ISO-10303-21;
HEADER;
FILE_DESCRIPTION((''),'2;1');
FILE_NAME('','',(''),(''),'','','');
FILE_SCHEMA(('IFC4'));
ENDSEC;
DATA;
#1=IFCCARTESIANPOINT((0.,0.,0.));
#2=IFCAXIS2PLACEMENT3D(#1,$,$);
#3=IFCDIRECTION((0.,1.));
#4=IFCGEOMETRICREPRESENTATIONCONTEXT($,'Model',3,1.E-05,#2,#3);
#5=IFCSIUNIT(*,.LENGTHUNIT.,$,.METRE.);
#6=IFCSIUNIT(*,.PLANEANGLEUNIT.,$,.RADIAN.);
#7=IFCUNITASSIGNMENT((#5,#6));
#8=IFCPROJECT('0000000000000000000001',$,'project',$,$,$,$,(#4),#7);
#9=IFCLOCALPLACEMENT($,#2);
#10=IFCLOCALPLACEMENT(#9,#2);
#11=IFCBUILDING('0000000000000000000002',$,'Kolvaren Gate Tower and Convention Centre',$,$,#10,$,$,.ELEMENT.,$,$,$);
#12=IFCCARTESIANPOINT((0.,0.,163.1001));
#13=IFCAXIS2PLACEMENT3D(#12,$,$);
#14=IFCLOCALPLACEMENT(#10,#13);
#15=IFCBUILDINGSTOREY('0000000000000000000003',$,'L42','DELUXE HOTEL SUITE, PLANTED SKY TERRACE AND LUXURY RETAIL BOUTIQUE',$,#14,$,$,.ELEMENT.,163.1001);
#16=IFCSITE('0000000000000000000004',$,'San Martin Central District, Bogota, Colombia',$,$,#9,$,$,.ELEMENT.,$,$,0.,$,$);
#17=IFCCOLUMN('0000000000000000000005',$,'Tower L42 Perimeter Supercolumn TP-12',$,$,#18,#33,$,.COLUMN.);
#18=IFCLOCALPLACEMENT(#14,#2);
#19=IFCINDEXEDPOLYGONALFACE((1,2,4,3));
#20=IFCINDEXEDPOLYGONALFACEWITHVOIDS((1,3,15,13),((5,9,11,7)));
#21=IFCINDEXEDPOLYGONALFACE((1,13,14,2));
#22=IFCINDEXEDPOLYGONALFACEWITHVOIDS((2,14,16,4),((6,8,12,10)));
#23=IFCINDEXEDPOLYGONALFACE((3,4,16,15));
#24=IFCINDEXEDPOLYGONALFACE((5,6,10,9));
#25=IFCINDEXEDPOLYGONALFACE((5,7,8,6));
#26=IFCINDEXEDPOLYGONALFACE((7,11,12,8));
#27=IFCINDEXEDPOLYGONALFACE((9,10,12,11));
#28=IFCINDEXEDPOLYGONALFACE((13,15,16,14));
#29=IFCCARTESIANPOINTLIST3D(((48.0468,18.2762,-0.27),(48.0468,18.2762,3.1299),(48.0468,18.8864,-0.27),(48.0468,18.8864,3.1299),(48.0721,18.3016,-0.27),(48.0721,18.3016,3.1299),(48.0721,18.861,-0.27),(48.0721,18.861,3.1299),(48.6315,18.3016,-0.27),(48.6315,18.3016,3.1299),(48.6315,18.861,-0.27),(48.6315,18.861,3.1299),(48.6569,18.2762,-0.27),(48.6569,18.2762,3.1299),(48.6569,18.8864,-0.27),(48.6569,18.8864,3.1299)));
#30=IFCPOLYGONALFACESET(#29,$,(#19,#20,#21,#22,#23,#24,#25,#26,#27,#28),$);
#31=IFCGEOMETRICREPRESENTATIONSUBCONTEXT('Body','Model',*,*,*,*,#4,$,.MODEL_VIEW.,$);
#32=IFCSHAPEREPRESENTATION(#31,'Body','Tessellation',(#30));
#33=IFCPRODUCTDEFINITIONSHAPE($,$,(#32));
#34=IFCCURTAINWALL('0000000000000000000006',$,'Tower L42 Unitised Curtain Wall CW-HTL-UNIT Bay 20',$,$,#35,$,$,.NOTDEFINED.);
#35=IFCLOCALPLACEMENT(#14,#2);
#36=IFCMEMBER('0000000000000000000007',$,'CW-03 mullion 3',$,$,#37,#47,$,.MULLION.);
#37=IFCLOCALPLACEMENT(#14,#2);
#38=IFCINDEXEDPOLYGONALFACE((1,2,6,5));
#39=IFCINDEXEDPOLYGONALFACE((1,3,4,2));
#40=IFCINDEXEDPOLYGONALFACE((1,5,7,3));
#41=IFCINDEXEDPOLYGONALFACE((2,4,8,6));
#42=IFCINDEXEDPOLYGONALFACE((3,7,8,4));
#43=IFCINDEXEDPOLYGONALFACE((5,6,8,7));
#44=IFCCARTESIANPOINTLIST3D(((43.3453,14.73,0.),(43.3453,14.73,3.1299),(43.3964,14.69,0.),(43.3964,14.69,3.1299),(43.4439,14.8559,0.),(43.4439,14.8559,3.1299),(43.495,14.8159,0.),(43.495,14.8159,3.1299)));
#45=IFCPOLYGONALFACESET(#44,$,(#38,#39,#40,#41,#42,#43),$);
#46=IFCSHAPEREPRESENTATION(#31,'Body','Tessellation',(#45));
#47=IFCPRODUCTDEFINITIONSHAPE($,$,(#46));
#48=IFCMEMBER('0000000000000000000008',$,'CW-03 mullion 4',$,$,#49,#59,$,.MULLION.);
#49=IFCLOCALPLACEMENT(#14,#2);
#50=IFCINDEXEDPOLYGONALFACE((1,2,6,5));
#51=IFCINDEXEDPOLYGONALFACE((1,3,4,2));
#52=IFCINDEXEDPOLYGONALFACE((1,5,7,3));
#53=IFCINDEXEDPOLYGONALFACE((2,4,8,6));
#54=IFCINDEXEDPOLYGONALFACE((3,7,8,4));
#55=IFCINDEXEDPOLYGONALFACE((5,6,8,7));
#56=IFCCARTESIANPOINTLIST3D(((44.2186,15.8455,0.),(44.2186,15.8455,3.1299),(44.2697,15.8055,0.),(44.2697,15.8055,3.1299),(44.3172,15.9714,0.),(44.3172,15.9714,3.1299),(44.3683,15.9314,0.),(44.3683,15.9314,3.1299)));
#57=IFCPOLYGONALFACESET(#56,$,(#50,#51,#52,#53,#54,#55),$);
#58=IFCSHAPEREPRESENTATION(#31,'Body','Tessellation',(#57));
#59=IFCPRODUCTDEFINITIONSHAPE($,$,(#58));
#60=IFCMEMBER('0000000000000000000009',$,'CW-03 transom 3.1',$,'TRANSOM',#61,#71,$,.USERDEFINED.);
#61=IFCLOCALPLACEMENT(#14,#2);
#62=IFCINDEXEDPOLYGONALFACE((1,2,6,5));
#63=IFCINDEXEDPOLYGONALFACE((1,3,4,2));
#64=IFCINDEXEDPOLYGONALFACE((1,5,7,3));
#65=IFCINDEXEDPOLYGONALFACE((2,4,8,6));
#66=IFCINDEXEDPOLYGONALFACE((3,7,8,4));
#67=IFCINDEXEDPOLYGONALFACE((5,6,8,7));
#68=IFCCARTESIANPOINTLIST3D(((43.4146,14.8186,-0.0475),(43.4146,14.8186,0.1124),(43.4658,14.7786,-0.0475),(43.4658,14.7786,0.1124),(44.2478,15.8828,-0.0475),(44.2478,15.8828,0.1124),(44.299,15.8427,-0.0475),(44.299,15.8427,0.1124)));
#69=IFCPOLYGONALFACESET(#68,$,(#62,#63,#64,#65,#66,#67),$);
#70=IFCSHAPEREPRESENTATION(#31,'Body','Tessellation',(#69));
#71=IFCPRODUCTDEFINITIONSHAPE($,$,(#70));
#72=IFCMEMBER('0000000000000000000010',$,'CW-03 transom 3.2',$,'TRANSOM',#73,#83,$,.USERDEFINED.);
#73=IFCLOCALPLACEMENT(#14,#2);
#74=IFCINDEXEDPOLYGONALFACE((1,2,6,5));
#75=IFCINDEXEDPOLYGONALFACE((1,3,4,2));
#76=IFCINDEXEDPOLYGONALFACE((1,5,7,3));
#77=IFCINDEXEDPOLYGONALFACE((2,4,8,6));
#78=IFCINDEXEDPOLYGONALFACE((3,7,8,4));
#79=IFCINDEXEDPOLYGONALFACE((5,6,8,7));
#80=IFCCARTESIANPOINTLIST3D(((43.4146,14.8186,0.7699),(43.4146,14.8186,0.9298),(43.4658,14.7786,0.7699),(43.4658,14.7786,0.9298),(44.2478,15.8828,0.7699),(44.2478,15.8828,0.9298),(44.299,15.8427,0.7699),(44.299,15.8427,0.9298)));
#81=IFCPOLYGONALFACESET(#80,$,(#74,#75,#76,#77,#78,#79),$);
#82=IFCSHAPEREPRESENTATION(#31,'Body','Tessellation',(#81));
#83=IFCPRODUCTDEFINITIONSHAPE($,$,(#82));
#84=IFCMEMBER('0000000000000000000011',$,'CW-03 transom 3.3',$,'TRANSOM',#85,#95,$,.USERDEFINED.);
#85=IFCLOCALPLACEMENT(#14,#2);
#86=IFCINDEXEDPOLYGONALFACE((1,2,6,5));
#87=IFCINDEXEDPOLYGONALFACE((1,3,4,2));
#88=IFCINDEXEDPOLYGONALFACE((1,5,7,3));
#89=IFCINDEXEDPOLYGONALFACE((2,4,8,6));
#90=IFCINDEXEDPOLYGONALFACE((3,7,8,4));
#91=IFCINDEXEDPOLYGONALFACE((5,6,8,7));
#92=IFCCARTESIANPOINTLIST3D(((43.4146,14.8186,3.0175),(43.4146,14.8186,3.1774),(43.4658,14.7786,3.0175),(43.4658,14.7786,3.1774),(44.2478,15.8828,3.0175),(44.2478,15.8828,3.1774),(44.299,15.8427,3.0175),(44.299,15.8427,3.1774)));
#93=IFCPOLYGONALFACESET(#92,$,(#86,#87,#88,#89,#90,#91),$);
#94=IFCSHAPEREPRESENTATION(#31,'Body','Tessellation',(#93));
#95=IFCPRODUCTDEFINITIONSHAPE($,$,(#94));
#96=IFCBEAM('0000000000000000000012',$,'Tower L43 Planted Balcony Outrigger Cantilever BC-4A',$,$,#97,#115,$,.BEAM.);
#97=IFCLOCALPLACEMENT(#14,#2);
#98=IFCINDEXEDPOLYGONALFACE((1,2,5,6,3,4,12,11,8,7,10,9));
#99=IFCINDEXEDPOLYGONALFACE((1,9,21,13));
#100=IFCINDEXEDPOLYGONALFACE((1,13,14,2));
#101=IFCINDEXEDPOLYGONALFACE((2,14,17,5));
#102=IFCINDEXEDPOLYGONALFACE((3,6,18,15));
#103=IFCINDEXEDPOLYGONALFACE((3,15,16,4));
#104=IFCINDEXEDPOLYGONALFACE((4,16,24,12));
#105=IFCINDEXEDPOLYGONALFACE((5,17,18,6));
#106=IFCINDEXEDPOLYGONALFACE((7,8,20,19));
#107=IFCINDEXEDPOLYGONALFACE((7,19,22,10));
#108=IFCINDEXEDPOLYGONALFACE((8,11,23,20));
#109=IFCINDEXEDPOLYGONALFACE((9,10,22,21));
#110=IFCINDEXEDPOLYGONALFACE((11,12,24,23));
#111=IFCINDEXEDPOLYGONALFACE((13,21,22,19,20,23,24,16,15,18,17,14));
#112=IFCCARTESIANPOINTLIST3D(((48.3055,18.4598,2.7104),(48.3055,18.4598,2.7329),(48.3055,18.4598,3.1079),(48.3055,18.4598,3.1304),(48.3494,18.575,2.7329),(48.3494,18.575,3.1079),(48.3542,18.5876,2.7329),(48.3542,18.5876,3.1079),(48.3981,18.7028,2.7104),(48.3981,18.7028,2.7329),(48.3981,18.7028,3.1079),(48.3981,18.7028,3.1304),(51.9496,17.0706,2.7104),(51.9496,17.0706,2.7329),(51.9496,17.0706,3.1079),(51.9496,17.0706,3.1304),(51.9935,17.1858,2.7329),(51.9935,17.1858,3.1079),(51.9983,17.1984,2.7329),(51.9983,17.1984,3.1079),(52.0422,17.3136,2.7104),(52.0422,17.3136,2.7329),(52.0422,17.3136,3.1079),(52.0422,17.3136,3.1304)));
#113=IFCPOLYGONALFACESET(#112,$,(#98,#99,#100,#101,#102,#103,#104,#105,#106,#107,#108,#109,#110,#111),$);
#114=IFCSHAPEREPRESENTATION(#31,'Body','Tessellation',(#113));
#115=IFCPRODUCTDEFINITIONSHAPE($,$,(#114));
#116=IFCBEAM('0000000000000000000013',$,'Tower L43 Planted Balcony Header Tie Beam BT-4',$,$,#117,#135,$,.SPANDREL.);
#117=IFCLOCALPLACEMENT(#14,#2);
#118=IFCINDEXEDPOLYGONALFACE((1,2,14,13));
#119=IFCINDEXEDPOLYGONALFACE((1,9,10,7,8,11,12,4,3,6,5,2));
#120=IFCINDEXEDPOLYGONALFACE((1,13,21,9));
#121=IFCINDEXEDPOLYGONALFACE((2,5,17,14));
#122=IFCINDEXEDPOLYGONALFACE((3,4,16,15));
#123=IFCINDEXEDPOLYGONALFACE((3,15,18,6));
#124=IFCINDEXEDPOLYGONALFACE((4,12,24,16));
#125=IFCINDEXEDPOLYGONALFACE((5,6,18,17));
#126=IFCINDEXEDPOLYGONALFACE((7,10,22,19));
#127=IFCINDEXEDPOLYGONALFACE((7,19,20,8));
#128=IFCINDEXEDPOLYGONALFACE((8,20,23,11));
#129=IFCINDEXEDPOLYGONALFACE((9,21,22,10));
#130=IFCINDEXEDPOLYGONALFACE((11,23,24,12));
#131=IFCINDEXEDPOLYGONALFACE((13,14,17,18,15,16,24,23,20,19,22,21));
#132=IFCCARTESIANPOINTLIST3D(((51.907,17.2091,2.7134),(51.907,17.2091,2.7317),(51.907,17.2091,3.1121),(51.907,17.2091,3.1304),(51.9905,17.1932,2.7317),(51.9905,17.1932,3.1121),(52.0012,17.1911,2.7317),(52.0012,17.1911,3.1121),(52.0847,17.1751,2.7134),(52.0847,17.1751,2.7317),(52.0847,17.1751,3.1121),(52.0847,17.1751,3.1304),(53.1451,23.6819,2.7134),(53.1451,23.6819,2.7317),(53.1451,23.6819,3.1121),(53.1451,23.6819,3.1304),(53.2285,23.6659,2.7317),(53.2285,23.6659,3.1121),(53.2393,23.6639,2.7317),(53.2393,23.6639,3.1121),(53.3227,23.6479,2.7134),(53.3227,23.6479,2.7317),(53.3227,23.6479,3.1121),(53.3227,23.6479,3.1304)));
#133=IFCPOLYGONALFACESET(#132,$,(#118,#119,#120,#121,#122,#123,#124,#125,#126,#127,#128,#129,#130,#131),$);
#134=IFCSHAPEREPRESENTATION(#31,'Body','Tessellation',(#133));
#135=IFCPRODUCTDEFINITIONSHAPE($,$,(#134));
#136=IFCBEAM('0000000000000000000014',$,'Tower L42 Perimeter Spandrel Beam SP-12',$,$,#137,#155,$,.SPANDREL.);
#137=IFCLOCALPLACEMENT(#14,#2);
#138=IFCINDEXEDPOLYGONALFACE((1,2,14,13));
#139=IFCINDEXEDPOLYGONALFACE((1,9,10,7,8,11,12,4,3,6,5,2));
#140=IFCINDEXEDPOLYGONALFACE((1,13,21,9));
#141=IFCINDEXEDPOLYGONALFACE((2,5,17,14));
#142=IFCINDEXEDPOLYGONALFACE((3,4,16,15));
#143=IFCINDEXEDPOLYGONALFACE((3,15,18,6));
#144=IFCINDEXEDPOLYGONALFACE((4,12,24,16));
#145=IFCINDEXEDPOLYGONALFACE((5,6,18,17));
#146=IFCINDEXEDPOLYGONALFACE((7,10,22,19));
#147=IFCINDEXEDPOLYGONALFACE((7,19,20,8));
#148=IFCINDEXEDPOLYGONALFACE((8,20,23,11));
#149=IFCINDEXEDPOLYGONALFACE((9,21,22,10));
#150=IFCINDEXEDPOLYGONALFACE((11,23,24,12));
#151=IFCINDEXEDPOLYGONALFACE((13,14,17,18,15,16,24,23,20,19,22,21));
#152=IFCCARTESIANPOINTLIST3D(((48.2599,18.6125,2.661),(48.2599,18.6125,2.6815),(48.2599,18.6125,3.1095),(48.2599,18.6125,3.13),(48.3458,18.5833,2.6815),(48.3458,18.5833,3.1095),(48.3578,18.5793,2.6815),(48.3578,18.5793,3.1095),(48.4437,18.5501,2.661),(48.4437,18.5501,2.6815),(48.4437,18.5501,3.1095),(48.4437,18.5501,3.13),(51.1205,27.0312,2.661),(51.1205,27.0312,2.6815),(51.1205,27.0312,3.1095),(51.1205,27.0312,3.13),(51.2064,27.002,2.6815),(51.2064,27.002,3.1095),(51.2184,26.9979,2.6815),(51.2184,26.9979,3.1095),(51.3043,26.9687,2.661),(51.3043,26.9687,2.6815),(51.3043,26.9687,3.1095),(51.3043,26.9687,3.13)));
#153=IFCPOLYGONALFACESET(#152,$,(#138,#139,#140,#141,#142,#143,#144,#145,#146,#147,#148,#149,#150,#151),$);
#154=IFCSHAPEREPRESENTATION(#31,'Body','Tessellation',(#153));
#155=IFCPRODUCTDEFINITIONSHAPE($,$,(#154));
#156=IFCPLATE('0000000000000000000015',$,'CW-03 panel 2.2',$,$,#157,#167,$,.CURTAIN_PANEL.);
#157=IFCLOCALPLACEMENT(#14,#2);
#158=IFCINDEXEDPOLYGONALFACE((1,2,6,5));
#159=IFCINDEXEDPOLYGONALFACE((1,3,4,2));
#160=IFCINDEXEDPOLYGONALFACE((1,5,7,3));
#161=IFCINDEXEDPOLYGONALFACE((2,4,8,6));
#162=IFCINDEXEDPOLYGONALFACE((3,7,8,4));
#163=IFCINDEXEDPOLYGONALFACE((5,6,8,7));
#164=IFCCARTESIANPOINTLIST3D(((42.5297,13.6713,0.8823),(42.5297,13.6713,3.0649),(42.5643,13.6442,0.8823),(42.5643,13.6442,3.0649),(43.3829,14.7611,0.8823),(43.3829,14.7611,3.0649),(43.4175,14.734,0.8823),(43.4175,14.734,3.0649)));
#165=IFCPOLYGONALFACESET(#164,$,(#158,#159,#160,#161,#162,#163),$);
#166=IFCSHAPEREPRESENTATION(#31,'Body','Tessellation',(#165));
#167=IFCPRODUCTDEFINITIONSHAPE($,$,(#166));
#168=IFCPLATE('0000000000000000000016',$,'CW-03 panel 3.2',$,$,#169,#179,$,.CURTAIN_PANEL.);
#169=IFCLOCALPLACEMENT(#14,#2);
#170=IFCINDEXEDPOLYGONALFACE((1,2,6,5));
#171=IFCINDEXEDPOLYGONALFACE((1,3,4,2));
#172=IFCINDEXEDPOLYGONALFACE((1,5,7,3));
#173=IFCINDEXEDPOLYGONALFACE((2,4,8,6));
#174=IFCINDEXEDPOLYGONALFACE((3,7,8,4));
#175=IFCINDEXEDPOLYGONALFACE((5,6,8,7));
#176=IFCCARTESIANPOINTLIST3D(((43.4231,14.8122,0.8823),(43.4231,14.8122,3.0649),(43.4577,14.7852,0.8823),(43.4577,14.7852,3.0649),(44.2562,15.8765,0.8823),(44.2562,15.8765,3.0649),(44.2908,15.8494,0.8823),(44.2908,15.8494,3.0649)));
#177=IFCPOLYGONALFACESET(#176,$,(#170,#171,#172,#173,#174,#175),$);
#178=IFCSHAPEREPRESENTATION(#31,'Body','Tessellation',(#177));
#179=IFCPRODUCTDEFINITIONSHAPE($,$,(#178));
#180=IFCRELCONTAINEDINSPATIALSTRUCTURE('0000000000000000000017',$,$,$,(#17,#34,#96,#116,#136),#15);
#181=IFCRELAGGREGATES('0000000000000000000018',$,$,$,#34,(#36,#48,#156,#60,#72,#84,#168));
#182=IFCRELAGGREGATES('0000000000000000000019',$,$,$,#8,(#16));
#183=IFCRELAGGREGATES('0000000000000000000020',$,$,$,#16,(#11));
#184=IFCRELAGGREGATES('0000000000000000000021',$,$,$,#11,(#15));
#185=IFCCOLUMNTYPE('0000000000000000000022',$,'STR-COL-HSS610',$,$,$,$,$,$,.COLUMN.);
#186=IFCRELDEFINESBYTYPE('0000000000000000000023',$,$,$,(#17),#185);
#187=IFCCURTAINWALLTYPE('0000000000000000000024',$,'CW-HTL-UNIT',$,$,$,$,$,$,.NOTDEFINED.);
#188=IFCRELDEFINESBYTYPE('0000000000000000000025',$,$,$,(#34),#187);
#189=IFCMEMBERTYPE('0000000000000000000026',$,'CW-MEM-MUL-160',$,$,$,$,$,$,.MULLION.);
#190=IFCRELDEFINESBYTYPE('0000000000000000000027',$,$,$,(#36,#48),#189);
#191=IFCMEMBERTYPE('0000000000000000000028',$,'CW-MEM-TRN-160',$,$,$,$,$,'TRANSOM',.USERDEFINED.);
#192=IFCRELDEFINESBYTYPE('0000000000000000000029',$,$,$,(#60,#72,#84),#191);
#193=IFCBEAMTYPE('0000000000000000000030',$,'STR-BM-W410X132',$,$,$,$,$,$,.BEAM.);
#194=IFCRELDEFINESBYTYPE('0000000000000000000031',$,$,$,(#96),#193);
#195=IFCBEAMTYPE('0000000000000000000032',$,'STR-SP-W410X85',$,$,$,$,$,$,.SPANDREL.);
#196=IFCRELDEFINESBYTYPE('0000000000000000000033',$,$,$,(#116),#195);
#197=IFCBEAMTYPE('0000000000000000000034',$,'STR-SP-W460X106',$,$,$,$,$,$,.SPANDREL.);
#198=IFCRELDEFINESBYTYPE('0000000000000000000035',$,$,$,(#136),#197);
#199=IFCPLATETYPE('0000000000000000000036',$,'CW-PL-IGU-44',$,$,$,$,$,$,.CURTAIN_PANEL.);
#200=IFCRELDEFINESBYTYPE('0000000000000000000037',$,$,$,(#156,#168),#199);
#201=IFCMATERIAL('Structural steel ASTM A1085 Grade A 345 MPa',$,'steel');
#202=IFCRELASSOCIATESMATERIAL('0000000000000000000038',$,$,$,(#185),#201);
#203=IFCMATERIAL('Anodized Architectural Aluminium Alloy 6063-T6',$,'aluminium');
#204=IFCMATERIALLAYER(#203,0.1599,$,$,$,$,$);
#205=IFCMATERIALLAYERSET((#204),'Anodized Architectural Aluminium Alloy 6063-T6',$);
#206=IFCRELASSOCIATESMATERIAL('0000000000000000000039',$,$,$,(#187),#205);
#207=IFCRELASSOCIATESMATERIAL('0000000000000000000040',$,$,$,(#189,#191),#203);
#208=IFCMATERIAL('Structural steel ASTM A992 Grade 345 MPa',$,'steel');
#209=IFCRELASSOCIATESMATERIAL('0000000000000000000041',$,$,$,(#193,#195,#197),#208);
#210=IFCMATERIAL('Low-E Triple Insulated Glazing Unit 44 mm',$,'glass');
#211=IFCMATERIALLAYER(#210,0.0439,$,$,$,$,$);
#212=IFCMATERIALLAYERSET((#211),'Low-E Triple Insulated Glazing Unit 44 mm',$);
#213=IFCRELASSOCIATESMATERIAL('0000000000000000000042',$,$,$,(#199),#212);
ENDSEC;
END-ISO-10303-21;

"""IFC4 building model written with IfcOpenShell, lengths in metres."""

from ifc_helpers import new_model, si_unit, direction, frame, origin, origin_2d, place, context, subcontext, project, spatial, rectangle, hollow_rectangle, i_section, extrude, material, layer, layer_set, material_profile, profile_set, type_object, element, aggregate, save


model = new_model("IFC4")

# Units and contexts
model_context = context("Model", 3, precision=1e-05, world=origin(), true_north=direction((0.0, 1.0)))
body_context = subcontext(model_context, "Body", "Model", "MODEL_VIEW")
ifc_project = project(units=[si_unit("LENGTHUNIT", "METRE"), si_unit("PLANEANGLEUNIT", "RADIAN")], contexts=[model_context])

# Site, building, storey
site_placement = place(None, origin())
site = spatial("IfcSite", under=ifc_project, at=site_placement, Name="San Martin Central District, Bogota, Colombia", CompositionType="ELEMENT", RefElevation=0.0)
building_placement = place(site_placement, origin())
building = spatial("IfcBuilding", under=site, at=building_placement, Name="Kolvaren Gate Tower and Convention Centre", CompositionType="ELEMENT")
storey_placement = place(building_placement, frame((0.0, 0.0, 163.1001)))
storey = spatial("IfcBuildingStorey", under=building, at=storey_placement, Name="L42", Description="DELUXE HOTEL SUITE, PLANTED SKY TERRACE AND LUXURY RETAIL BOUTIQUE", CompositionType="ELEMENT", Elevation=163.1001)

# Column
ifc_material_1 = material(Name="Structural steel ASTM A1085 Grade A 345 MPa", Category="steel")
ifc_material_profile_1 = material_profile(ifc_material_1, hollow_rectangle(XDim=0.6101, YDim=0.6101, WallThickness=0.0254, at=origin_2d()), Name="HSS610X610X25.4")
ifc_profile_set_1 = profile_set([ifc_material_profile_1], Name="Structural steel ASTM A1085 Grade A 345 MPa")
column_type = type_object("IfcColumnType", Name="STR-COL-HSS610", PredefinedType="COLUMN", material=ifc_profile_set_1)
column_placement = place(storey_placement, frame((48.3518, 18.5813, -0.27), z_axis=(0.0, 0.0, 1.0), x_axis=(1.0, 0.0, 0.0)))
element("IfcColumn", 1, at=column_placement, inside=storey, type_object=column_type, Name="Tower L42 Perimeter Supercolumn TP-12", PredefinedType="COLUMN", context=body_context, shape_type="SweptSolid", body=[
    extrude(hollow_rectangle(XDim=0.6101, YDim=0.6101, WallThickness=0.0254, at=origin_2d()), origin(), (0.0, 0.0, 1.0), 3.3999),
])

# Curtain wall, members
ifc_material_2 = material(Name="Anodized Architectural Aluminium Alloy 6063-T6", Category="aluminium")
ifc_layer_1 = layer(ifc_material_2, 0.1599)
ifc_layer_set_1 = layer_set([ifc_layer_1], Name="Anodized Architectural Aluminium Alloy 6063-T6")
curtain_wall_type = type_object("IfcCurtainWallType", Name="CW-HTL-UNIT", PredefinedType="NOTDEFINED", material=ifc_layer_set_1)
curtain_wall_placement = place(storey_placement, origin())
curtain_wall = element("IfcCurtainWall", 2, at=curtain_wall_placement, inside=storey, type_object=curtain_wall_type, Name="Tower L42 Unitised Curtain Wall CW-HTL-UNIT Bay 20", PredefinedType="NOTDEFINED")
ifc_material_profile_2 = material_profile(ifc_material_2, rectangle(XDim=0.0649, YDim=0.1599, at=origin_2d()), Name="CW-MEM-MUL-160")
ifc_profile_set_2 = profile_set([ifc_material_profile_2], Name="Anodized Architectural Aluminium Alloy 6063-T6")
member_type_1 = type_object("IfcMemberType", Name="CW-MEM-MUL-160", PredefinedType="MULLION", material=ifc_profile_set_2)
member_1_placement = place(storey_placement, frame((43.4202, 14.7729, 0.0), z_axis=(0.0, 0.0, 1.0), x_axis=(-0.787404, 0.616438, 0.0)))
member_1 = element("IfcMember", 3, at=member_1_placement, type_object=member_type_1, Name="CW-03 mullion 3", PredefinedType="MULLION", context=body_context, shape_type="SweptSolid", body=[
    extrude(rectangle(XDim=0.0649, YDim=0.1599, at=origin_2d()), origin(), (0.0, 0.0, 1.0), 3.1299),
])
member_2_placement = place(storey_placement, frame((44.2935, 15.8884, 0.0), z_axis=(0.0, 0.0, 1.0), x_axis=(-0.787404, 0.616438, 0.0)))
member_2 = element("IfcMember", 4, at=member_2_placement, type_object=member_type_1, Name="CW-03 mullion 4", PredefinedType="MULLION", context=body_context, shape_type="SweptSolid", body=[
    extrude(rectangle(XDim=0.0649, YDim=0.1599, at=origin_2d()), origin(), (0.0, 0.0, 1.0), 3.1299),
])
ifc_material_profile_3 = material_profile(ifc_material_2, rectangle(XDim=0.0649, YDim=0.1599, at=origin_2d()), Name="CW-MEM-TRN-160")
ifc_profile_set_3 = profile_set([ifc_material_profile_3], Name="Anodized Architectural Aluminium Alloy 6063-T6")
member_type_2 = type_object("IfcMemberType", Name="CW-MEM-TRN-160", ElementType="TRANSOM", PredefinedType="USERDEFINED", material=ifc_profile_set_3)
member_3_placement = place(storey_placement, frame((43.4402, 14.7986, 0.0325), z_axis=(0.616488, 0.787364, 0.0), x_axis=(-0.787364, 0.616488, 0.0)))
member_3 = element("IfcMember", 5, at=member_3_placement, type_object=member_type_2, Name="CW-03 transom 3.1", ObjectType="TRANSOM", PredefinedType="USERDEFINED", context=body_context, shape_type="SweptSolid", body=[
    extrude(rectangle(XDim=0.0649, YDim=0.1599, at=origin_2d()), origin(), (0.0, 0.0, 1.0), 1.3516),
])
member_4_placement = place(storey_placement, frame((43.4402, 14.7986, 0.8499), z_axis=(0.616488, 0.787364, 0.0), x_axis=(-0.787364, 0.616488, 0.0)))
member_4 = element("IfcMember", 6, at=member_4_placement, type_object=member_type_2, Name="CW-03 transom 3.2", ObjectType="TRANSOM", PredefinedType="USERDEFINED", context=body_context, shape_type="SweptSolid", body=[
    extrude(rectangle(XDim=0.0649, YDim=0.1599, at=origin_2d()), origin(), (0.0, 0.0, 1.0), 1.3516),
])
member_5_placement = place(storey_placement, frame((43.4402, 14.7986, 3.0974), z_axis=(0.616488, 0.787364, 0.0), x_axis=(-0.787364, 0.616488, 0.0)))
member_5 = element("IfcMember", 7, at=member_5_placement, type_object=member_type_2, Name="CW-03 transom 3.3", ObjectType="TRANSOM", PredefinedType="USERDEFINED", context=body_context, shape_type="SweptSolid", body=[
    extrude(rectangle(XDim=0.0649, YDim=0.1599, at=origin_2d()), origin(), (0.0, 0.0, 1.0), 1.3516),
])

# Beams
ifc_material_3 = material(Name="Structural steel ASTM A992 Grade 345 MPa", Category="steel")
ifc_material_profile_4 = material_profile(ifc_material_3, i_section(OverallWidth=0.26, OverallDepth=0.4199, WebThickness=0.0134, FlangeThickness=0.0225, at=origin_2d()), Name="W410X132")
ifc_profile_set_4 = profile_set([ifc_material_profile_4], Name="Structural steel ASTM A992 Grade 345 MPa")
beam_type_1 = type_object("IfcBeamType", Name="STR-BM-W410X132", PredefinedType="BEAM", material=ifc_profile_set_4)
beam_1_placement = place(storey_placement, frame((48.3518, 18.5813, 2.9204), z_axis=(0.934406, -0.356209, 0.0), x_axis=(0.356209, 0.934406, 0.0)))
element("IfcBeam", 8, at=beam_1_placement, inside=storey, type_object=beam_type_1, Name="Tower L43 Planted Balcony Outrigger Cantilever BC-4A", PredefinedType="BEAM", context=body_context, shape_type="SweptSolid", body=[
    extrude(i_section(OverallWidth=0.26, OverallDepth=0.4199, WebThickness=0.0134, FlangeThickness=0.0225, at=origin_2d()), origin(), (0.0, 0.0, 1.0), 3.8999),
])
ifc_material_profile_5 = material_profile(ifc_material_3, i_section(OverallWidth=0.1809, OverallDepth=0.417, WebThickness=0.011, FlangeThickness=0.0183, at=origin_2d()), Name="W410X85")
ifc_profile_set_5 = profile_set([ifc_material_profile_5], Name="Structural steel ASTM A992 Grade 345 MPa")
beam_type_2 = type_object("IfcBeamType", Name="STR-SP-W410X85", PredefinedType="SPANDREL", material=ifc_profile_set_5)
beam_2_placement = place(storey_placement, frame((51.9958, 17.1921, 2.9219), z_axis=(0.187866, 0.982195, 0.0), x_axis=(-0.982195, 0.187866, 0.0)))
element("IfcBeam", 9, at=beam_2_placement, inside=storey, type_object=beam_type_2, Name="Tower L43 Planted Balcony Header Tie Beam BT-4", PredefinedType="SPANDREL", context=body_context, shape_type="SweptSolid", body=[
    extrude(i_section(OverallWidth=0.1809, OverallDepth=0.417, WebThickness=0.011, FlangeThickness=0.0183, at=origin_2d()), origin(), (0.0, 0.0, 1.0), 6.5901),
])
ifc_material_profile_6 = material_profile(ifc_material_3, i_section(OverallWidth=0.1941, OverallDepth=0.469, WebThickness=0.0127, FlangeThickness=0.0205, at=origin_2d()), Name="W460X106")
ifc_profile_set_6 = profile_set([ifc_material_profile_6], Name="Structural steel ASTM A992 Grade 345 MPa")
beam_type_3 = type_object("IfcBeamType", Name="STR-SP-W460X106", PredefinedType="SPANDREL", material=ifc_profile_set_6)
beam_3_placement = place(storey_placement, frame((48.3518, 18.5813, 2.8955), z_axis=(0.321725, 0.946833, 0.0), x_axis=(-0.946833, 0.321725, 0.0)))
element("IfcBeam", 10, at=beam_3_placement, inside=storey, type_object=beam_type_3, Name="Tower L42 Perimeter Spandrel Beam SP-12", PredefinedType="SPANDREL", context=body_context, shape_type="SweptSolid", body=[
    extrude(i_section(OverallWidth=0.1941, OverallDepth=0.469, WebThickness=0.0127, FlangeThickness=0.0205, at=origin_2d()), origin(), (0.0, 0.0, 1.0), 8.8914),
])

# Plates
ifc_material_4 = material(Name="Low-E Triple Insulated Glazing Unit 44 mm", Category="glass")
ifc_layer_2 = layer(ifc_material_4, 0.0439)
ifc_layer_set_2 = layer_set([ifc_layer_2], Name="Low-E Triple Insulated Glazing Unit 44 mm")
plate_type_1 = type_object("IfcPlateType", Name="CW-PL-IGU-44", PredefinedType="CURTAIN_PANEL", material=ifc_layer_set_2)
plate_1_placement = place(storey_placement, frame((42.9736, 14.2026, 0.8823), z_axis=(0.0, 0.0, 1.0), x_axis=(0.616438, 0.787404, 0.0)))
plate_1 = element("IfcPlate", 11, at=plate_1_placement, type_object=plate_type_1, Name="CW-03 panel 2.2", PredefinedType="CURTAIN_PANEL", context=body_context, shape_type="SweptSolid", body=[
    extrude(rectangle(XDim=1.384, YDim=0.0439, at=origin_2d()), origin(), (0.0, 0.0, 1.0), 2.1826),
])
plate_2_placement = place(storey_placement, frame((43.8569, 15.3308, 0.8823), z_axis=(0.0, 0.0, 1.0), x_axis=(0.616438, 0.787404, 0.0)))
plate_2 = element("IfcPlate", 12, at=plate_2_placement, type_object=plate_type_1, Name="CW-03 panel 3.2", PredefinedType="CURTAIN_PANEL", context=body_context, shape_type="SweptSolid", body=[
    extrude(rectangle(XDim=1.3516, YDim=0.0439, at=origin_2d()), origin(), (0.0, 0.0, 1.0), 2.1826),
])
aggregate(curtain_wall, [member_1, member_2, plate_1, member_3, member_4, member_5, plate_2])

save(model, "model.ifc")
